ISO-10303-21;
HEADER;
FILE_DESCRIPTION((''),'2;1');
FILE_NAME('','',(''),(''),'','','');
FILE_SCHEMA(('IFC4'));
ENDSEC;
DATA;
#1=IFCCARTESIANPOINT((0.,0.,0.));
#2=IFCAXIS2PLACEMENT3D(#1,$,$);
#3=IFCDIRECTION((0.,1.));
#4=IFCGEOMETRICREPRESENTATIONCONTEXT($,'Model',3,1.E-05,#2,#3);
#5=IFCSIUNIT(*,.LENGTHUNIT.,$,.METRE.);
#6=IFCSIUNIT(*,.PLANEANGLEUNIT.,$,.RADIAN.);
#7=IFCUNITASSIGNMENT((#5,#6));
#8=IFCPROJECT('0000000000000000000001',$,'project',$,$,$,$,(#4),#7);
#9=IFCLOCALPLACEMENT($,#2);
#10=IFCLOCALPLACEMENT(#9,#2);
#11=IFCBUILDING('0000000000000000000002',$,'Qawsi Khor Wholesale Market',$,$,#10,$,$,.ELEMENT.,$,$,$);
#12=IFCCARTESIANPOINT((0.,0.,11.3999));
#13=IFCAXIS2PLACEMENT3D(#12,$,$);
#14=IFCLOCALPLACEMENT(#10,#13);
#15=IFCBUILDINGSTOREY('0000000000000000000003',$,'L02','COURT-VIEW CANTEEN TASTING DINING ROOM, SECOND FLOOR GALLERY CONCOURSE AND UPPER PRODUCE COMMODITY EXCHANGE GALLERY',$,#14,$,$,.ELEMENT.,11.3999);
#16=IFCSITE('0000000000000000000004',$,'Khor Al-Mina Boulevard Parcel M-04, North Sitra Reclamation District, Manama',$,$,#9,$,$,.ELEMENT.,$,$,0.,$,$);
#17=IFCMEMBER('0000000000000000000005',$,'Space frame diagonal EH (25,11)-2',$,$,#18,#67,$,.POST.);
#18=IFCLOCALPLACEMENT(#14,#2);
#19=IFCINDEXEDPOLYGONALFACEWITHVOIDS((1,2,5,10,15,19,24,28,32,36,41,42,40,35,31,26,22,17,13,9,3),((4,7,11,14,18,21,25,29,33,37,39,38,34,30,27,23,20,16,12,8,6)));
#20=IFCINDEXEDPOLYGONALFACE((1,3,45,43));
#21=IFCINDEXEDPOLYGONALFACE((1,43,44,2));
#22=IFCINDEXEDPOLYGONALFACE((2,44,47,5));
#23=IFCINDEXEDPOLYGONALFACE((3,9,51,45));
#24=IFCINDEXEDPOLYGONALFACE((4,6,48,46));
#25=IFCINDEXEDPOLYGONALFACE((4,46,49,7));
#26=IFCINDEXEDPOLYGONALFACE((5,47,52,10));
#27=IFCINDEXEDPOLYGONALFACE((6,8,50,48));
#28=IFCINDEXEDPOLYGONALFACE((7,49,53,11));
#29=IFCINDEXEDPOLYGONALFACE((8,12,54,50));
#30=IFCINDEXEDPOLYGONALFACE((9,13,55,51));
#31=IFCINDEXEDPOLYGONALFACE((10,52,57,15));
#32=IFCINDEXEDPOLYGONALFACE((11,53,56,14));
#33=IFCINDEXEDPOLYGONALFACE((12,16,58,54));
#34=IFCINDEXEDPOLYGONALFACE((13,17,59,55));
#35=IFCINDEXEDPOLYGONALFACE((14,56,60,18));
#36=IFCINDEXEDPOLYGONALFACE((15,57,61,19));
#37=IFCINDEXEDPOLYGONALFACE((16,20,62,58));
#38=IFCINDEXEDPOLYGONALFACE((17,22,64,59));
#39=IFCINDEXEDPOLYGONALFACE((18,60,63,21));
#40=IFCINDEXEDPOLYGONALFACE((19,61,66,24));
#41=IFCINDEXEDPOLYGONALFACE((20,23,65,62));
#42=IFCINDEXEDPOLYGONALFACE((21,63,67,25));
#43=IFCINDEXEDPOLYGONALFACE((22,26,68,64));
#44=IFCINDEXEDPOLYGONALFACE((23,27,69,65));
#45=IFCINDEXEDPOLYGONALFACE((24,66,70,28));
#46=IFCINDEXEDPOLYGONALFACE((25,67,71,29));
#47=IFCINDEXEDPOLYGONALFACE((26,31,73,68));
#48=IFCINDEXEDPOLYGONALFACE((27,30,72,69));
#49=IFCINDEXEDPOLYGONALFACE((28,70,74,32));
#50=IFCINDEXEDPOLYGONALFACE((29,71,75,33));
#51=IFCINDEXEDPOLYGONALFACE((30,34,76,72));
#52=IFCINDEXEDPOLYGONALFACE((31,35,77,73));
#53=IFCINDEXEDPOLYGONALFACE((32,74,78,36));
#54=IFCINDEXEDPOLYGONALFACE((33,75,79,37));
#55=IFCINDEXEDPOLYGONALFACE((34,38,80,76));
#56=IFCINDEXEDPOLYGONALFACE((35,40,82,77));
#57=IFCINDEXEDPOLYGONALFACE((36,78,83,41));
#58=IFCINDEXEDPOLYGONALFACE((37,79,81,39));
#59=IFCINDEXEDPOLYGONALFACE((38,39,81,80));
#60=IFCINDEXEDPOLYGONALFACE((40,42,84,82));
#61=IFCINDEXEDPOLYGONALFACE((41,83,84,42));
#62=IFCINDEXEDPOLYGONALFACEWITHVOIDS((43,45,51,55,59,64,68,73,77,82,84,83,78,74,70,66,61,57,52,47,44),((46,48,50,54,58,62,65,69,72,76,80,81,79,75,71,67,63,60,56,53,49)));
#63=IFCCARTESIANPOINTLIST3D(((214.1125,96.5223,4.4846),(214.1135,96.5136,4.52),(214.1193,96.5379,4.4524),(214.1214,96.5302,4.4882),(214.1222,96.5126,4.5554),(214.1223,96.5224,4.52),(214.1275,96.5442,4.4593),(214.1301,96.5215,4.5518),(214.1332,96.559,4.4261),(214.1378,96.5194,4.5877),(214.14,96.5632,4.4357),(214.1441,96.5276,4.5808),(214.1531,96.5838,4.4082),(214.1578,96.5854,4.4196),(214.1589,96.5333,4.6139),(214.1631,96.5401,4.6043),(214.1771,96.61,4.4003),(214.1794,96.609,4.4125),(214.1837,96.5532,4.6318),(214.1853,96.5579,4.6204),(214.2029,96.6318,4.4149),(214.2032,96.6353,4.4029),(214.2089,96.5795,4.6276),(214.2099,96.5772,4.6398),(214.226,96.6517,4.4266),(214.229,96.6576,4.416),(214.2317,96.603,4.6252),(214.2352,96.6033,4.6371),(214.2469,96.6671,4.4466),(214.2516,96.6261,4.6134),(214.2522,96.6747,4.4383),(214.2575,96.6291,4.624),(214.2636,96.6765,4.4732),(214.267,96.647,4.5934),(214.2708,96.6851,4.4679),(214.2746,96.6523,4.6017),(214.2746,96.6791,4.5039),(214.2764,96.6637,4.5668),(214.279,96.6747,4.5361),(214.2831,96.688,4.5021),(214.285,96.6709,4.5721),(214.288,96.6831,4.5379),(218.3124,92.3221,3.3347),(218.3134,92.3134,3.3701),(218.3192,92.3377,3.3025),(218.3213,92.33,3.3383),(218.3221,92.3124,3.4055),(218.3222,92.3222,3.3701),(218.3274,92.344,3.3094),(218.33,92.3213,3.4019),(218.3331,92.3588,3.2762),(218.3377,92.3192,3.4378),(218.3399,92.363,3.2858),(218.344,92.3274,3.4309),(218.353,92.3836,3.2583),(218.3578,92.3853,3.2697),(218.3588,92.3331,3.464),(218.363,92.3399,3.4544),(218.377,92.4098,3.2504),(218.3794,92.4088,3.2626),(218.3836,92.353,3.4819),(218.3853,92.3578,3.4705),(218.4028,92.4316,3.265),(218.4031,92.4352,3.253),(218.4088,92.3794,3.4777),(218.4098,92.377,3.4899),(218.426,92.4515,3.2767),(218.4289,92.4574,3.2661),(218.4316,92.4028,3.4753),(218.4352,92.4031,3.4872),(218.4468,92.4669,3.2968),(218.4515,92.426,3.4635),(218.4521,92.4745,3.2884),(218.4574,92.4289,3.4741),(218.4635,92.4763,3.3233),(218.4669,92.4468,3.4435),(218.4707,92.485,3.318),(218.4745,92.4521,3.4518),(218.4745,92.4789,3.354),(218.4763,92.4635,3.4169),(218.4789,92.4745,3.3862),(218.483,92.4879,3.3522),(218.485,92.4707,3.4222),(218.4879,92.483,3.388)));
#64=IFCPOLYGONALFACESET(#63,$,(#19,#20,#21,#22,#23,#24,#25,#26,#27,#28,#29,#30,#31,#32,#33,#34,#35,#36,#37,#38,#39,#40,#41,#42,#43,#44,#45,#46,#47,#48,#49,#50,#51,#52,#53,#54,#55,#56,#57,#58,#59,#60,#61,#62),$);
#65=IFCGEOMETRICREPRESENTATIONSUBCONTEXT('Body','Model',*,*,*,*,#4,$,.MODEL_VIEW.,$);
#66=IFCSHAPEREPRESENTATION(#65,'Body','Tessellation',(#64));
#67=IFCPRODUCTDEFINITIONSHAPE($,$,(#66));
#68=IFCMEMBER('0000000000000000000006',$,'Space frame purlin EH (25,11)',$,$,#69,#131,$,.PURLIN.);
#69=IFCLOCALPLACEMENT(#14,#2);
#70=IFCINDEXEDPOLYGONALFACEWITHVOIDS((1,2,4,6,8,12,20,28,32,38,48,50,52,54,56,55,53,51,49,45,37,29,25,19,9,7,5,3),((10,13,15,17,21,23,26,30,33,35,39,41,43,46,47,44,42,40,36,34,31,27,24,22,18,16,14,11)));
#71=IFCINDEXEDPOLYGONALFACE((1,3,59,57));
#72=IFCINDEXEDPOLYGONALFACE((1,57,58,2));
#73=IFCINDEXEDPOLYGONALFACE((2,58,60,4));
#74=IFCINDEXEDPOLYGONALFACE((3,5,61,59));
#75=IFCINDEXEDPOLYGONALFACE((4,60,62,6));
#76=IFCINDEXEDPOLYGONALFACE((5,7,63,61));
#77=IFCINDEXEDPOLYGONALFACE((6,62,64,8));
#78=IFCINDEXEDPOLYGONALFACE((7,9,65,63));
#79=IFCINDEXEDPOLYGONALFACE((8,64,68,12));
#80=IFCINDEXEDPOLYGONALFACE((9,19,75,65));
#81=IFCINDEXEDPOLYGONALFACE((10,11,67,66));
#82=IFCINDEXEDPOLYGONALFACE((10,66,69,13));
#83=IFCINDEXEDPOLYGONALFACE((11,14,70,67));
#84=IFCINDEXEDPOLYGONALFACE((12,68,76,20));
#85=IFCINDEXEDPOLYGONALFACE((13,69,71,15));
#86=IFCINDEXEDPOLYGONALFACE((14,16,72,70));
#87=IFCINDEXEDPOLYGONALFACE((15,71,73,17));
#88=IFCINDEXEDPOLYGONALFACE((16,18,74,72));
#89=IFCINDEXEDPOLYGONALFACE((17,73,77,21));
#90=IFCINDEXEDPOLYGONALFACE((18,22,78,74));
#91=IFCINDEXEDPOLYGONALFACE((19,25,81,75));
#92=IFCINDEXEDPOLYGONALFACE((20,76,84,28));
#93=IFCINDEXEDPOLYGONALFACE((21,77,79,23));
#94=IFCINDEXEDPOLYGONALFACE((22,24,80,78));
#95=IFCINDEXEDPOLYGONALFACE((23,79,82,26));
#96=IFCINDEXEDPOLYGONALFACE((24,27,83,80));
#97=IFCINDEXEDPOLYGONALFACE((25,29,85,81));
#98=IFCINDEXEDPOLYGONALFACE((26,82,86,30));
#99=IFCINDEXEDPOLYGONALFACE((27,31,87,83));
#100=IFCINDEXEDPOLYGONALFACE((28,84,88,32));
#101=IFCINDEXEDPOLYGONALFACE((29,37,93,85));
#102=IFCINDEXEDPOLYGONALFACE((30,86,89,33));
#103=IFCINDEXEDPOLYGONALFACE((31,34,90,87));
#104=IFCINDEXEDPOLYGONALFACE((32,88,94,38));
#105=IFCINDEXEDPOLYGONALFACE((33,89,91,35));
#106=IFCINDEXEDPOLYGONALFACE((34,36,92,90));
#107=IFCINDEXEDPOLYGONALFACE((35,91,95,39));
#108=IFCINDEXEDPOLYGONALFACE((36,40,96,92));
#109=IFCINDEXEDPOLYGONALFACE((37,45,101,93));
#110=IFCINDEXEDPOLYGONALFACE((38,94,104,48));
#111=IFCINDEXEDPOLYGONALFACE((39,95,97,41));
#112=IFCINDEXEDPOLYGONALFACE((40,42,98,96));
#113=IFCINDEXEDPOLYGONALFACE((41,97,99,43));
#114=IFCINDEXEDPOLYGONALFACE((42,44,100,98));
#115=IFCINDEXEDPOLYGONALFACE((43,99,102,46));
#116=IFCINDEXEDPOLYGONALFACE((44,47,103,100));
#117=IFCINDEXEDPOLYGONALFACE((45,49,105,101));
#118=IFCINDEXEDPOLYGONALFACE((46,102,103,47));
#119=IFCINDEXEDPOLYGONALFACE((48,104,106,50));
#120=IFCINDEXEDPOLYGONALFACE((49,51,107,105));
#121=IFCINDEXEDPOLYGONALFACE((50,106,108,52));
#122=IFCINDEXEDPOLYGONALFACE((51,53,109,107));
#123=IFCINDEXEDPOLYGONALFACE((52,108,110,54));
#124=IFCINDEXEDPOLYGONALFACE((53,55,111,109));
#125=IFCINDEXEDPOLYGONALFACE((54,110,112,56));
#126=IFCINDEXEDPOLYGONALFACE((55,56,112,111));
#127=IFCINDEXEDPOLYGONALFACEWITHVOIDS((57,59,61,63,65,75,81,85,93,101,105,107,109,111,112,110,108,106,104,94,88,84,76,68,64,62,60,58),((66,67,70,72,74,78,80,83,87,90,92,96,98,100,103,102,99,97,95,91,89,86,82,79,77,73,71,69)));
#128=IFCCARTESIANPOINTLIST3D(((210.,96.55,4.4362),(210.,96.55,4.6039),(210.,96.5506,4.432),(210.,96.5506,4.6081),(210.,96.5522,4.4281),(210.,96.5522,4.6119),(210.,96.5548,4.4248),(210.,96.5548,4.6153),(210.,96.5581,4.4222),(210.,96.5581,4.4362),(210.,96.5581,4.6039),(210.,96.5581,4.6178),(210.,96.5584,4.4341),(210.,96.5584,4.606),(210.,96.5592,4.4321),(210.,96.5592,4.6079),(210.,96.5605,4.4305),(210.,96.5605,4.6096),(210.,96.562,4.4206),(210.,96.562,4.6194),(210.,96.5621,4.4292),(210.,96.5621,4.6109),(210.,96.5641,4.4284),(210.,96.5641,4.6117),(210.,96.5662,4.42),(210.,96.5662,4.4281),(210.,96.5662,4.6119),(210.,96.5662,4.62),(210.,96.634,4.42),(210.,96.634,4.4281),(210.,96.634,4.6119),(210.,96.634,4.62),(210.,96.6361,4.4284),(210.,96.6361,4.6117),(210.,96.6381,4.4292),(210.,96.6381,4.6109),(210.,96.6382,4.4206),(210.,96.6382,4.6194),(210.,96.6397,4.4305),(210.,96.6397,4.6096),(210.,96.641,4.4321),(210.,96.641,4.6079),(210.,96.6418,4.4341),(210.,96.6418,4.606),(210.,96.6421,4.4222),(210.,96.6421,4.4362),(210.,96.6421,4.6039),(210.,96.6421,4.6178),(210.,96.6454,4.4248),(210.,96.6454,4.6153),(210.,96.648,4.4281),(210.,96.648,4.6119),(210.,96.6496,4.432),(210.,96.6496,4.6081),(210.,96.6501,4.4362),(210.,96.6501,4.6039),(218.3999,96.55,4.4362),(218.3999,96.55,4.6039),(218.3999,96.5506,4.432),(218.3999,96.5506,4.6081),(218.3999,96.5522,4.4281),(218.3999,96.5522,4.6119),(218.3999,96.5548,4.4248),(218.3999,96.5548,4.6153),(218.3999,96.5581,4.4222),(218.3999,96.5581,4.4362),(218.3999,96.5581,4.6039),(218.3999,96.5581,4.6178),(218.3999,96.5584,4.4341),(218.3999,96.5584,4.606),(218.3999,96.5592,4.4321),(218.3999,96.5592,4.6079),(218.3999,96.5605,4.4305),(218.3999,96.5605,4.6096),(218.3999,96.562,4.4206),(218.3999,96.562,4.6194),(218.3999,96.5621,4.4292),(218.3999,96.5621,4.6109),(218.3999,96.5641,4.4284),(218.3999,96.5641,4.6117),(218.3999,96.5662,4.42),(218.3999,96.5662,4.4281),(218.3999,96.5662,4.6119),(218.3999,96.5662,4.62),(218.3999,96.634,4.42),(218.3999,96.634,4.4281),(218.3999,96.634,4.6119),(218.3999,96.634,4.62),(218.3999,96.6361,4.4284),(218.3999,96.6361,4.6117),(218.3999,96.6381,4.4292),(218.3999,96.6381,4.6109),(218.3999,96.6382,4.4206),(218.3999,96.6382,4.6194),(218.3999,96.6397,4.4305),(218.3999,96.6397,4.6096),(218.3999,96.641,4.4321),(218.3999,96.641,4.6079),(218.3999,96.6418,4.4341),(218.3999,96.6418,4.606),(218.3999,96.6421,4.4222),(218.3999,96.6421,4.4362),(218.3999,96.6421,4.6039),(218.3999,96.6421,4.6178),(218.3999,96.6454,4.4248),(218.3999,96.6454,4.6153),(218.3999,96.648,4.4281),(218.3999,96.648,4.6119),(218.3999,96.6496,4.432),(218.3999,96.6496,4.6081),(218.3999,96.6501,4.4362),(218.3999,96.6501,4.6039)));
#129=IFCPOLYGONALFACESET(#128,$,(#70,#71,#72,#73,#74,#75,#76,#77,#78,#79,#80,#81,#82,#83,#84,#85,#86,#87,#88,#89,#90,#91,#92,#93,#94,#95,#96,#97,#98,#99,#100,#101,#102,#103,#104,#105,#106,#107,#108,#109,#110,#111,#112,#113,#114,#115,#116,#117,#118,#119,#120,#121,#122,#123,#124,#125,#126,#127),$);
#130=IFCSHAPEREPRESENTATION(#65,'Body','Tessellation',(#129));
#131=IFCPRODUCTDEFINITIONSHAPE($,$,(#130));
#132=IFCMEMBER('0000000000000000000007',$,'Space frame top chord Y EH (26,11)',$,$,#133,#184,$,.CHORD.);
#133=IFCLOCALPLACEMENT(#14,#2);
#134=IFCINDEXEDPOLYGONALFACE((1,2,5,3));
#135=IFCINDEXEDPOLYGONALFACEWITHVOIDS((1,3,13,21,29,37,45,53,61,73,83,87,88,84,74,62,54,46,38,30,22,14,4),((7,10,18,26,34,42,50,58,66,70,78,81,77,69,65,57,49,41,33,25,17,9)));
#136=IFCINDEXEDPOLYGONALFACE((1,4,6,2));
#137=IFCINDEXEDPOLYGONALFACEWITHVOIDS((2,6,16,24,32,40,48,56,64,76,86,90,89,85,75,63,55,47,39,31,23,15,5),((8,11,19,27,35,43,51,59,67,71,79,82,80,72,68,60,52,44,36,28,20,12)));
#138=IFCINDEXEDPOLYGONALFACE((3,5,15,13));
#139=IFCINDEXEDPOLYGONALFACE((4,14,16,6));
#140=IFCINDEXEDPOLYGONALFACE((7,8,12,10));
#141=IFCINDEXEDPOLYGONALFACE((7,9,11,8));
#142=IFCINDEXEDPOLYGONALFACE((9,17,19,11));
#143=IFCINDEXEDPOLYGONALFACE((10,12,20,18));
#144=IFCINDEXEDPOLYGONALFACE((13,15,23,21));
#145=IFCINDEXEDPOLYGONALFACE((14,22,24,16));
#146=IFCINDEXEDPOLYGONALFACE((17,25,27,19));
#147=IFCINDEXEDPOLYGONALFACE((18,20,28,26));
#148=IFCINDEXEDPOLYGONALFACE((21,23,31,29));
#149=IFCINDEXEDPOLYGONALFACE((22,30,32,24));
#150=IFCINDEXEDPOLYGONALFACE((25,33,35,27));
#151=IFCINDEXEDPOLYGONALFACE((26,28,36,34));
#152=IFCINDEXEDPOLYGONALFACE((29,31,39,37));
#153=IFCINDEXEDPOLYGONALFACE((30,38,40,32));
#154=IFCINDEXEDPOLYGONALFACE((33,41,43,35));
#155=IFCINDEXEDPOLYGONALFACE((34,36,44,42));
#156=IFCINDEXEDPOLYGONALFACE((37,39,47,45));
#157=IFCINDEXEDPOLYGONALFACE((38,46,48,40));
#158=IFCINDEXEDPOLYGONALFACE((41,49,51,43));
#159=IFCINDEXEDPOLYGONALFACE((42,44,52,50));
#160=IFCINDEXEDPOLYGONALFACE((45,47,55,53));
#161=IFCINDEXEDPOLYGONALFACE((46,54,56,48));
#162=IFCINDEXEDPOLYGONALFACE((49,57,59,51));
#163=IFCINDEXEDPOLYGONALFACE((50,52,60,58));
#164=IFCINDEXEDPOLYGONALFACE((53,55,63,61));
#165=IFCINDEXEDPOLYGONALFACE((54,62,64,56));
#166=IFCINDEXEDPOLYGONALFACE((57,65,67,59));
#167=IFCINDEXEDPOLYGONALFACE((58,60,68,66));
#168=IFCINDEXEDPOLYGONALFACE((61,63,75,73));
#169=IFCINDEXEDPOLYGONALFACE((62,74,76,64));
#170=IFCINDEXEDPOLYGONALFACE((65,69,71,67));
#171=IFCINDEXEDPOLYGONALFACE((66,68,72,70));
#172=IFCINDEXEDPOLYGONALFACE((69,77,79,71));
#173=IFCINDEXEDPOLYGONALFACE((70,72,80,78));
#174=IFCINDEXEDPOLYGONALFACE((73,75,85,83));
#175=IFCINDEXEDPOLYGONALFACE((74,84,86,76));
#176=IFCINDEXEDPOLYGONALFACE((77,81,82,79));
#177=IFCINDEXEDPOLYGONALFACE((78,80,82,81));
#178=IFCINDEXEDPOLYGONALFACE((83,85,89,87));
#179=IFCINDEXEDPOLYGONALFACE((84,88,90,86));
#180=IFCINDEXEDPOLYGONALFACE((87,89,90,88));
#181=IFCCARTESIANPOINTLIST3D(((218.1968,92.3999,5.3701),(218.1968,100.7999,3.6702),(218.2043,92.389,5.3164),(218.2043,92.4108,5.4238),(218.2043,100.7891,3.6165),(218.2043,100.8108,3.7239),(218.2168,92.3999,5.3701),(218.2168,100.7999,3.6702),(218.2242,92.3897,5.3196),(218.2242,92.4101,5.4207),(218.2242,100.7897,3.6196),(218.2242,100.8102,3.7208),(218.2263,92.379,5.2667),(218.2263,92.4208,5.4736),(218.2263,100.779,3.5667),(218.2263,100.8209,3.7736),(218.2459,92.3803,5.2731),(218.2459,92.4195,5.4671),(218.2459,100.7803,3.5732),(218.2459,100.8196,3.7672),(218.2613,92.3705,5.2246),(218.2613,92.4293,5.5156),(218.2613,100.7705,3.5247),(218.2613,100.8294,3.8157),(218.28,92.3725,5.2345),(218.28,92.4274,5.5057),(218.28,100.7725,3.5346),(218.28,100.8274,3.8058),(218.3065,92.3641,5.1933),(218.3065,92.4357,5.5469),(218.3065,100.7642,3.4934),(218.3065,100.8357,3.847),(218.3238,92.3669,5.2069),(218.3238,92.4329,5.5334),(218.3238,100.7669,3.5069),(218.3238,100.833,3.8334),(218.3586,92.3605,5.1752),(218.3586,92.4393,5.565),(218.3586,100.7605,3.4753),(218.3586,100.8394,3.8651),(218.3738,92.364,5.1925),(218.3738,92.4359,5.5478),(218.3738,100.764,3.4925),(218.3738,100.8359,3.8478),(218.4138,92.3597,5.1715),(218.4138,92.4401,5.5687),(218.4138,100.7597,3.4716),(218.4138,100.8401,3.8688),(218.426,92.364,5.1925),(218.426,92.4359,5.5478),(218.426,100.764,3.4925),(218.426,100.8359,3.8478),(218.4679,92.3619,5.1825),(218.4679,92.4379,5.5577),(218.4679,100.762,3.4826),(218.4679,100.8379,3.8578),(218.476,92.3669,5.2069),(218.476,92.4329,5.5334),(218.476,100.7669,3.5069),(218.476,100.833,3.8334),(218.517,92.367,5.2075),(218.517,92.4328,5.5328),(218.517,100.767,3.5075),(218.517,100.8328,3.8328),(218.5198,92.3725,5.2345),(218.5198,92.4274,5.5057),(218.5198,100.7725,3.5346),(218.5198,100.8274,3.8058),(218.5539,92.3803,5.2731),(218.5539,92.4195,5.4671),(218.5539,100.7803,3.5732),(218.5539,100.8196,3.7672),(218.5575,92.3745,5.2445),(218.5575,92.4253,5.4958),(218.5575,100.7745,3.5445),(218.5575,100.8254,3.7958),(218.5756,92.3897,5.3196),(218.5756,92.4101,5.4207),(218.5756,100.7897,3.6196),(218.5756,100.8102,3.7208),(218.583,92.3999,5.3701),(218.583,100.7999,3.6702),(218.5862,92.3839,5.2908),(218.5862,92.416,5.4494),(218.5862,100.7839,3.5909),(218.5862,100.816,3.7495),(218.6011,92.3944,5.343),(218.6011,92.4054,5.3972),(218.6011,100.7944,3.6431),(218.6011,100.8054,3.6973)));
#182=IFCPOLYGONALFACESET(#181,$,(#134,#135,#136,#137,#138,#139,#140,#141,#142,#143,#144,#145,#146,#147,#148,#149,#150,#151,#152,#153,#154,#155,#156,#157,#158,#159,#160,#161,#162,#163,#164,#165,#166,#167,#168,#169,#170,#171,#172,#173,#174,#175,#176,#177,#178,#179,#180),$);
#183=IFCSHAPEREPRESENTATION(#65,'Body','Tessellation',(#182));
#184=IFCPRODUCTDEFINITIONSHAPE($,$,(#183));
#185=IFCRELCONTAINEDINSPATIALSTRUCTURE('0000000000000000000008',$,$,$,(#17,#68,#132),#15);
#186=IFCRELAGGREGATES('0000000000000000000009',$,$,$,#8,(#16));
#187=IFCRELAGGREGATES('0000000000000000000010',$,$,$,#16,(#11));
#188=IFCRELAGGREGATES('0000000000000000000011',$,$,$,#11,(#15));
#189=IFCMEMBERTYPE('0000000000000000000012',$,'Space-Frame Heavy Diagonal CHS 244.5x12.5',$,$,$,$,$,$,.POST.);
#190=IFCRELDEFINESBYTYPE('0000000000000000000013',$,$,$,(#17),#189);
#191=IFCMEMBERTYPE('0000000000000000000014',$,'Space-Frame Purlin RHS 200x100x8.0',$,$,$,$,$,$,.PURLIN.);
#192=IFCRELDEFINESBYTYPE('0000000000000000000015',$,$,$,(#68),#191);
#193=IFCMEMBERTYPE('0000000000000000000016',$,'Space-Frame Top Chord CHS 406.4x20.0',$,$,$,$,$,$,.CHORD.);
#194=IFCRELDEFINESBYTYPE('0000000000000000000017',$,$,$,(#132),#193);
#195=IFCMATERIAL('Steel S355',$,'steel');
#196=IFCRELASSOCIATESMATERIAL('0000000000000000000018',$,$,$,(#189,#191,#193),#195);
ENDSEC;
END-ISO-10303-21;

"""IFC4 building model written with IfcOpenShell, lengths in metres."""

from ifc_helpers import new_model, si_unit, direction, frame, origin, origin_2d, place, context, subcontext, project, spatial, hollow_rectangle, hollow_circle, extrude, material, material_profile, profile_set, type_object, element, save


model = new_model("IFC4")

# Units and contexts
model_context = context("Model", 3, precision=1e-05, world=origin(), true_north=direction((0.0, 1.0)))
body_context = subcontext(model_context, "Body", "Model", "MODEL_VIEW")
ifc_project = project(units=[si_unit("LENGTHUNIT", "METRE"), si_unit("PLANEANGLEUNIT", "RADIAN")], contexts=[model_context])

# Site, building, storey
site_placement = place(None, origin())
site = spatial("IfcSite", under=ifc_project, at=site_placement, Name="Khor Al-Mina Boulevard Parcel M-04, North Sitra Reclamation District, Manama", CompositionType="ELEMENT", RefElevation=0.0)
building_placement = place(site_placement, origin())
building = spatial("IfcBuilding", under=site, at=building_placement, Name="Qawsi Khor Wholesale Market", CompositionType="ELEMENT")
storey_placement = place(building_placement, frame((0.0, 0.0, 11.3999)))
storey = spatial("IfcBuildingStorey", under=building, at=storey_placement, Name="L02", Description="COURT-VIEW CANTEEN TASTING DINING ROOM, SECOND FLOOR GALLERY CONCOURSE AND UPPER PRODUCE COMMODITY EXCHANGE GALLERY", CompositionType="ELEMENT", Elevation=11.3999)

# Members
ifc_material_1 = material(Name="Steel S355", Category="steel")
ifc_material_profile_1 = material_profile(ifc_material_1, hollow_circle(Radius=0.1223, WallThickness=0.0125, at=origin_2d()), Name="CHS 244.5x12.5")
ifc_profile_set_1 = profile_set([ifc_material_profile_1], Name="Steel S355")
member_type_1 = type_object("IfcMemberType", Name="Space-Frame Heavy Diagonal CHS 244.5x12.5", PredefinedType="POST", material=ifc_profile_set_1)
member_1_placement = place(storey_placement, frame((218.3999, 92.3999, 3.3701), z_axis=(-0.694197, 0.694238, 0.190064), x_axis=(-0.707127, -0.707086, 0.0)))
element("IfcMember", 1, at=member_1_placement, inside=storey, type_object=member_type_1, Name="Space frame diagonal EH (25,11)-2", PredefinedType="POST", context=body_context, shape_type="SweptSolid", body=[
    extrude(hollow_circle(Radius=0.1223, WallThickness=0.0125, at=origin_2d()), origin(), (0.0, 0.0, 1.0), 6.05),
])
ifc_material_profile_2 = material_profile(ifc_material_1, hollow_rectangle(XDim=0.1001, YDim=0.2, WallThickness=0.0081, InnerFilletRadius=0.0081, OuterFilletRadius=0.0161, at=origin_2d()), Name="RHS 200x100x8.0")
ifc_profile_set_2 = profile_set([ifc_material_profile_2], Name="Steel S355")
member_type_2 = type_object("IfcMemberType", Name="Space-Frame Purlin RHS 200x100x8.0", PredefinedType="PURLIN", material=ifc_profile_set_2)
member_2_placement = place(storey_placement, frame((210.0, 96.6001, 4.52), z_axis=(1.0, 0.0, 0.0), x_axis=(0.0, 1.0, 0.0)))
element("IfcMember", 2, at=member_2_placement, inside=storey, type_object=member_type_2, Name="Space frame purlin EH (25,11)", PredefinedType="PURLIN", context=body_context, shape_type="SweptSolid", body=[
    extrude(hollow_rectangle(XDim=0.1001, YDim=0.2, WallThickness=0.0081, InnerFilletRadius=0.0081, OuterFilletRadius=0.0161, at=origin_2d()), origin(), (0.0, 0.0, 1.0), 8.3999),
])
ifc_material_profile_3 = material_profile(ifc_material_1, hollow_circle(Radius=0.2031, WallThickness=0.02, at=origin_2d()), Name="CHS 406.4x20.0")
ifc_profile_set_3 = profile_set([ifc_material_profile_3], Name="Steel S355")
member_type_3 = type_object("IfcMemberType", Name="Space-Frame Top Chord CHS 406.4x20.0", PredefinedType="CHORD", material=ifc_profile_set_3)
member_3_placement = place(storey_placement, frame((218.3999, 92.3999, 5.3701), z_axis=(0.0, 0.980131, -0.198351), x_axis=(-1.0, 0.0, 0.0)))
element("IfcMember", 3, at=member_3_placement, inside=storey, type_object=member_type_3, Name="Space frame top chord Y EH (26,11)", PredefinedType="CHORD", context=body_context, shape_type="SweptSolid", body=[
    extrude(hollow_circle(Radius=0.2031, WallThickness=0.02, at=origin_2d()), origin(), (0.0, 0.0, 1.0), 8.5703),
])

save(model, "model.ifc")
